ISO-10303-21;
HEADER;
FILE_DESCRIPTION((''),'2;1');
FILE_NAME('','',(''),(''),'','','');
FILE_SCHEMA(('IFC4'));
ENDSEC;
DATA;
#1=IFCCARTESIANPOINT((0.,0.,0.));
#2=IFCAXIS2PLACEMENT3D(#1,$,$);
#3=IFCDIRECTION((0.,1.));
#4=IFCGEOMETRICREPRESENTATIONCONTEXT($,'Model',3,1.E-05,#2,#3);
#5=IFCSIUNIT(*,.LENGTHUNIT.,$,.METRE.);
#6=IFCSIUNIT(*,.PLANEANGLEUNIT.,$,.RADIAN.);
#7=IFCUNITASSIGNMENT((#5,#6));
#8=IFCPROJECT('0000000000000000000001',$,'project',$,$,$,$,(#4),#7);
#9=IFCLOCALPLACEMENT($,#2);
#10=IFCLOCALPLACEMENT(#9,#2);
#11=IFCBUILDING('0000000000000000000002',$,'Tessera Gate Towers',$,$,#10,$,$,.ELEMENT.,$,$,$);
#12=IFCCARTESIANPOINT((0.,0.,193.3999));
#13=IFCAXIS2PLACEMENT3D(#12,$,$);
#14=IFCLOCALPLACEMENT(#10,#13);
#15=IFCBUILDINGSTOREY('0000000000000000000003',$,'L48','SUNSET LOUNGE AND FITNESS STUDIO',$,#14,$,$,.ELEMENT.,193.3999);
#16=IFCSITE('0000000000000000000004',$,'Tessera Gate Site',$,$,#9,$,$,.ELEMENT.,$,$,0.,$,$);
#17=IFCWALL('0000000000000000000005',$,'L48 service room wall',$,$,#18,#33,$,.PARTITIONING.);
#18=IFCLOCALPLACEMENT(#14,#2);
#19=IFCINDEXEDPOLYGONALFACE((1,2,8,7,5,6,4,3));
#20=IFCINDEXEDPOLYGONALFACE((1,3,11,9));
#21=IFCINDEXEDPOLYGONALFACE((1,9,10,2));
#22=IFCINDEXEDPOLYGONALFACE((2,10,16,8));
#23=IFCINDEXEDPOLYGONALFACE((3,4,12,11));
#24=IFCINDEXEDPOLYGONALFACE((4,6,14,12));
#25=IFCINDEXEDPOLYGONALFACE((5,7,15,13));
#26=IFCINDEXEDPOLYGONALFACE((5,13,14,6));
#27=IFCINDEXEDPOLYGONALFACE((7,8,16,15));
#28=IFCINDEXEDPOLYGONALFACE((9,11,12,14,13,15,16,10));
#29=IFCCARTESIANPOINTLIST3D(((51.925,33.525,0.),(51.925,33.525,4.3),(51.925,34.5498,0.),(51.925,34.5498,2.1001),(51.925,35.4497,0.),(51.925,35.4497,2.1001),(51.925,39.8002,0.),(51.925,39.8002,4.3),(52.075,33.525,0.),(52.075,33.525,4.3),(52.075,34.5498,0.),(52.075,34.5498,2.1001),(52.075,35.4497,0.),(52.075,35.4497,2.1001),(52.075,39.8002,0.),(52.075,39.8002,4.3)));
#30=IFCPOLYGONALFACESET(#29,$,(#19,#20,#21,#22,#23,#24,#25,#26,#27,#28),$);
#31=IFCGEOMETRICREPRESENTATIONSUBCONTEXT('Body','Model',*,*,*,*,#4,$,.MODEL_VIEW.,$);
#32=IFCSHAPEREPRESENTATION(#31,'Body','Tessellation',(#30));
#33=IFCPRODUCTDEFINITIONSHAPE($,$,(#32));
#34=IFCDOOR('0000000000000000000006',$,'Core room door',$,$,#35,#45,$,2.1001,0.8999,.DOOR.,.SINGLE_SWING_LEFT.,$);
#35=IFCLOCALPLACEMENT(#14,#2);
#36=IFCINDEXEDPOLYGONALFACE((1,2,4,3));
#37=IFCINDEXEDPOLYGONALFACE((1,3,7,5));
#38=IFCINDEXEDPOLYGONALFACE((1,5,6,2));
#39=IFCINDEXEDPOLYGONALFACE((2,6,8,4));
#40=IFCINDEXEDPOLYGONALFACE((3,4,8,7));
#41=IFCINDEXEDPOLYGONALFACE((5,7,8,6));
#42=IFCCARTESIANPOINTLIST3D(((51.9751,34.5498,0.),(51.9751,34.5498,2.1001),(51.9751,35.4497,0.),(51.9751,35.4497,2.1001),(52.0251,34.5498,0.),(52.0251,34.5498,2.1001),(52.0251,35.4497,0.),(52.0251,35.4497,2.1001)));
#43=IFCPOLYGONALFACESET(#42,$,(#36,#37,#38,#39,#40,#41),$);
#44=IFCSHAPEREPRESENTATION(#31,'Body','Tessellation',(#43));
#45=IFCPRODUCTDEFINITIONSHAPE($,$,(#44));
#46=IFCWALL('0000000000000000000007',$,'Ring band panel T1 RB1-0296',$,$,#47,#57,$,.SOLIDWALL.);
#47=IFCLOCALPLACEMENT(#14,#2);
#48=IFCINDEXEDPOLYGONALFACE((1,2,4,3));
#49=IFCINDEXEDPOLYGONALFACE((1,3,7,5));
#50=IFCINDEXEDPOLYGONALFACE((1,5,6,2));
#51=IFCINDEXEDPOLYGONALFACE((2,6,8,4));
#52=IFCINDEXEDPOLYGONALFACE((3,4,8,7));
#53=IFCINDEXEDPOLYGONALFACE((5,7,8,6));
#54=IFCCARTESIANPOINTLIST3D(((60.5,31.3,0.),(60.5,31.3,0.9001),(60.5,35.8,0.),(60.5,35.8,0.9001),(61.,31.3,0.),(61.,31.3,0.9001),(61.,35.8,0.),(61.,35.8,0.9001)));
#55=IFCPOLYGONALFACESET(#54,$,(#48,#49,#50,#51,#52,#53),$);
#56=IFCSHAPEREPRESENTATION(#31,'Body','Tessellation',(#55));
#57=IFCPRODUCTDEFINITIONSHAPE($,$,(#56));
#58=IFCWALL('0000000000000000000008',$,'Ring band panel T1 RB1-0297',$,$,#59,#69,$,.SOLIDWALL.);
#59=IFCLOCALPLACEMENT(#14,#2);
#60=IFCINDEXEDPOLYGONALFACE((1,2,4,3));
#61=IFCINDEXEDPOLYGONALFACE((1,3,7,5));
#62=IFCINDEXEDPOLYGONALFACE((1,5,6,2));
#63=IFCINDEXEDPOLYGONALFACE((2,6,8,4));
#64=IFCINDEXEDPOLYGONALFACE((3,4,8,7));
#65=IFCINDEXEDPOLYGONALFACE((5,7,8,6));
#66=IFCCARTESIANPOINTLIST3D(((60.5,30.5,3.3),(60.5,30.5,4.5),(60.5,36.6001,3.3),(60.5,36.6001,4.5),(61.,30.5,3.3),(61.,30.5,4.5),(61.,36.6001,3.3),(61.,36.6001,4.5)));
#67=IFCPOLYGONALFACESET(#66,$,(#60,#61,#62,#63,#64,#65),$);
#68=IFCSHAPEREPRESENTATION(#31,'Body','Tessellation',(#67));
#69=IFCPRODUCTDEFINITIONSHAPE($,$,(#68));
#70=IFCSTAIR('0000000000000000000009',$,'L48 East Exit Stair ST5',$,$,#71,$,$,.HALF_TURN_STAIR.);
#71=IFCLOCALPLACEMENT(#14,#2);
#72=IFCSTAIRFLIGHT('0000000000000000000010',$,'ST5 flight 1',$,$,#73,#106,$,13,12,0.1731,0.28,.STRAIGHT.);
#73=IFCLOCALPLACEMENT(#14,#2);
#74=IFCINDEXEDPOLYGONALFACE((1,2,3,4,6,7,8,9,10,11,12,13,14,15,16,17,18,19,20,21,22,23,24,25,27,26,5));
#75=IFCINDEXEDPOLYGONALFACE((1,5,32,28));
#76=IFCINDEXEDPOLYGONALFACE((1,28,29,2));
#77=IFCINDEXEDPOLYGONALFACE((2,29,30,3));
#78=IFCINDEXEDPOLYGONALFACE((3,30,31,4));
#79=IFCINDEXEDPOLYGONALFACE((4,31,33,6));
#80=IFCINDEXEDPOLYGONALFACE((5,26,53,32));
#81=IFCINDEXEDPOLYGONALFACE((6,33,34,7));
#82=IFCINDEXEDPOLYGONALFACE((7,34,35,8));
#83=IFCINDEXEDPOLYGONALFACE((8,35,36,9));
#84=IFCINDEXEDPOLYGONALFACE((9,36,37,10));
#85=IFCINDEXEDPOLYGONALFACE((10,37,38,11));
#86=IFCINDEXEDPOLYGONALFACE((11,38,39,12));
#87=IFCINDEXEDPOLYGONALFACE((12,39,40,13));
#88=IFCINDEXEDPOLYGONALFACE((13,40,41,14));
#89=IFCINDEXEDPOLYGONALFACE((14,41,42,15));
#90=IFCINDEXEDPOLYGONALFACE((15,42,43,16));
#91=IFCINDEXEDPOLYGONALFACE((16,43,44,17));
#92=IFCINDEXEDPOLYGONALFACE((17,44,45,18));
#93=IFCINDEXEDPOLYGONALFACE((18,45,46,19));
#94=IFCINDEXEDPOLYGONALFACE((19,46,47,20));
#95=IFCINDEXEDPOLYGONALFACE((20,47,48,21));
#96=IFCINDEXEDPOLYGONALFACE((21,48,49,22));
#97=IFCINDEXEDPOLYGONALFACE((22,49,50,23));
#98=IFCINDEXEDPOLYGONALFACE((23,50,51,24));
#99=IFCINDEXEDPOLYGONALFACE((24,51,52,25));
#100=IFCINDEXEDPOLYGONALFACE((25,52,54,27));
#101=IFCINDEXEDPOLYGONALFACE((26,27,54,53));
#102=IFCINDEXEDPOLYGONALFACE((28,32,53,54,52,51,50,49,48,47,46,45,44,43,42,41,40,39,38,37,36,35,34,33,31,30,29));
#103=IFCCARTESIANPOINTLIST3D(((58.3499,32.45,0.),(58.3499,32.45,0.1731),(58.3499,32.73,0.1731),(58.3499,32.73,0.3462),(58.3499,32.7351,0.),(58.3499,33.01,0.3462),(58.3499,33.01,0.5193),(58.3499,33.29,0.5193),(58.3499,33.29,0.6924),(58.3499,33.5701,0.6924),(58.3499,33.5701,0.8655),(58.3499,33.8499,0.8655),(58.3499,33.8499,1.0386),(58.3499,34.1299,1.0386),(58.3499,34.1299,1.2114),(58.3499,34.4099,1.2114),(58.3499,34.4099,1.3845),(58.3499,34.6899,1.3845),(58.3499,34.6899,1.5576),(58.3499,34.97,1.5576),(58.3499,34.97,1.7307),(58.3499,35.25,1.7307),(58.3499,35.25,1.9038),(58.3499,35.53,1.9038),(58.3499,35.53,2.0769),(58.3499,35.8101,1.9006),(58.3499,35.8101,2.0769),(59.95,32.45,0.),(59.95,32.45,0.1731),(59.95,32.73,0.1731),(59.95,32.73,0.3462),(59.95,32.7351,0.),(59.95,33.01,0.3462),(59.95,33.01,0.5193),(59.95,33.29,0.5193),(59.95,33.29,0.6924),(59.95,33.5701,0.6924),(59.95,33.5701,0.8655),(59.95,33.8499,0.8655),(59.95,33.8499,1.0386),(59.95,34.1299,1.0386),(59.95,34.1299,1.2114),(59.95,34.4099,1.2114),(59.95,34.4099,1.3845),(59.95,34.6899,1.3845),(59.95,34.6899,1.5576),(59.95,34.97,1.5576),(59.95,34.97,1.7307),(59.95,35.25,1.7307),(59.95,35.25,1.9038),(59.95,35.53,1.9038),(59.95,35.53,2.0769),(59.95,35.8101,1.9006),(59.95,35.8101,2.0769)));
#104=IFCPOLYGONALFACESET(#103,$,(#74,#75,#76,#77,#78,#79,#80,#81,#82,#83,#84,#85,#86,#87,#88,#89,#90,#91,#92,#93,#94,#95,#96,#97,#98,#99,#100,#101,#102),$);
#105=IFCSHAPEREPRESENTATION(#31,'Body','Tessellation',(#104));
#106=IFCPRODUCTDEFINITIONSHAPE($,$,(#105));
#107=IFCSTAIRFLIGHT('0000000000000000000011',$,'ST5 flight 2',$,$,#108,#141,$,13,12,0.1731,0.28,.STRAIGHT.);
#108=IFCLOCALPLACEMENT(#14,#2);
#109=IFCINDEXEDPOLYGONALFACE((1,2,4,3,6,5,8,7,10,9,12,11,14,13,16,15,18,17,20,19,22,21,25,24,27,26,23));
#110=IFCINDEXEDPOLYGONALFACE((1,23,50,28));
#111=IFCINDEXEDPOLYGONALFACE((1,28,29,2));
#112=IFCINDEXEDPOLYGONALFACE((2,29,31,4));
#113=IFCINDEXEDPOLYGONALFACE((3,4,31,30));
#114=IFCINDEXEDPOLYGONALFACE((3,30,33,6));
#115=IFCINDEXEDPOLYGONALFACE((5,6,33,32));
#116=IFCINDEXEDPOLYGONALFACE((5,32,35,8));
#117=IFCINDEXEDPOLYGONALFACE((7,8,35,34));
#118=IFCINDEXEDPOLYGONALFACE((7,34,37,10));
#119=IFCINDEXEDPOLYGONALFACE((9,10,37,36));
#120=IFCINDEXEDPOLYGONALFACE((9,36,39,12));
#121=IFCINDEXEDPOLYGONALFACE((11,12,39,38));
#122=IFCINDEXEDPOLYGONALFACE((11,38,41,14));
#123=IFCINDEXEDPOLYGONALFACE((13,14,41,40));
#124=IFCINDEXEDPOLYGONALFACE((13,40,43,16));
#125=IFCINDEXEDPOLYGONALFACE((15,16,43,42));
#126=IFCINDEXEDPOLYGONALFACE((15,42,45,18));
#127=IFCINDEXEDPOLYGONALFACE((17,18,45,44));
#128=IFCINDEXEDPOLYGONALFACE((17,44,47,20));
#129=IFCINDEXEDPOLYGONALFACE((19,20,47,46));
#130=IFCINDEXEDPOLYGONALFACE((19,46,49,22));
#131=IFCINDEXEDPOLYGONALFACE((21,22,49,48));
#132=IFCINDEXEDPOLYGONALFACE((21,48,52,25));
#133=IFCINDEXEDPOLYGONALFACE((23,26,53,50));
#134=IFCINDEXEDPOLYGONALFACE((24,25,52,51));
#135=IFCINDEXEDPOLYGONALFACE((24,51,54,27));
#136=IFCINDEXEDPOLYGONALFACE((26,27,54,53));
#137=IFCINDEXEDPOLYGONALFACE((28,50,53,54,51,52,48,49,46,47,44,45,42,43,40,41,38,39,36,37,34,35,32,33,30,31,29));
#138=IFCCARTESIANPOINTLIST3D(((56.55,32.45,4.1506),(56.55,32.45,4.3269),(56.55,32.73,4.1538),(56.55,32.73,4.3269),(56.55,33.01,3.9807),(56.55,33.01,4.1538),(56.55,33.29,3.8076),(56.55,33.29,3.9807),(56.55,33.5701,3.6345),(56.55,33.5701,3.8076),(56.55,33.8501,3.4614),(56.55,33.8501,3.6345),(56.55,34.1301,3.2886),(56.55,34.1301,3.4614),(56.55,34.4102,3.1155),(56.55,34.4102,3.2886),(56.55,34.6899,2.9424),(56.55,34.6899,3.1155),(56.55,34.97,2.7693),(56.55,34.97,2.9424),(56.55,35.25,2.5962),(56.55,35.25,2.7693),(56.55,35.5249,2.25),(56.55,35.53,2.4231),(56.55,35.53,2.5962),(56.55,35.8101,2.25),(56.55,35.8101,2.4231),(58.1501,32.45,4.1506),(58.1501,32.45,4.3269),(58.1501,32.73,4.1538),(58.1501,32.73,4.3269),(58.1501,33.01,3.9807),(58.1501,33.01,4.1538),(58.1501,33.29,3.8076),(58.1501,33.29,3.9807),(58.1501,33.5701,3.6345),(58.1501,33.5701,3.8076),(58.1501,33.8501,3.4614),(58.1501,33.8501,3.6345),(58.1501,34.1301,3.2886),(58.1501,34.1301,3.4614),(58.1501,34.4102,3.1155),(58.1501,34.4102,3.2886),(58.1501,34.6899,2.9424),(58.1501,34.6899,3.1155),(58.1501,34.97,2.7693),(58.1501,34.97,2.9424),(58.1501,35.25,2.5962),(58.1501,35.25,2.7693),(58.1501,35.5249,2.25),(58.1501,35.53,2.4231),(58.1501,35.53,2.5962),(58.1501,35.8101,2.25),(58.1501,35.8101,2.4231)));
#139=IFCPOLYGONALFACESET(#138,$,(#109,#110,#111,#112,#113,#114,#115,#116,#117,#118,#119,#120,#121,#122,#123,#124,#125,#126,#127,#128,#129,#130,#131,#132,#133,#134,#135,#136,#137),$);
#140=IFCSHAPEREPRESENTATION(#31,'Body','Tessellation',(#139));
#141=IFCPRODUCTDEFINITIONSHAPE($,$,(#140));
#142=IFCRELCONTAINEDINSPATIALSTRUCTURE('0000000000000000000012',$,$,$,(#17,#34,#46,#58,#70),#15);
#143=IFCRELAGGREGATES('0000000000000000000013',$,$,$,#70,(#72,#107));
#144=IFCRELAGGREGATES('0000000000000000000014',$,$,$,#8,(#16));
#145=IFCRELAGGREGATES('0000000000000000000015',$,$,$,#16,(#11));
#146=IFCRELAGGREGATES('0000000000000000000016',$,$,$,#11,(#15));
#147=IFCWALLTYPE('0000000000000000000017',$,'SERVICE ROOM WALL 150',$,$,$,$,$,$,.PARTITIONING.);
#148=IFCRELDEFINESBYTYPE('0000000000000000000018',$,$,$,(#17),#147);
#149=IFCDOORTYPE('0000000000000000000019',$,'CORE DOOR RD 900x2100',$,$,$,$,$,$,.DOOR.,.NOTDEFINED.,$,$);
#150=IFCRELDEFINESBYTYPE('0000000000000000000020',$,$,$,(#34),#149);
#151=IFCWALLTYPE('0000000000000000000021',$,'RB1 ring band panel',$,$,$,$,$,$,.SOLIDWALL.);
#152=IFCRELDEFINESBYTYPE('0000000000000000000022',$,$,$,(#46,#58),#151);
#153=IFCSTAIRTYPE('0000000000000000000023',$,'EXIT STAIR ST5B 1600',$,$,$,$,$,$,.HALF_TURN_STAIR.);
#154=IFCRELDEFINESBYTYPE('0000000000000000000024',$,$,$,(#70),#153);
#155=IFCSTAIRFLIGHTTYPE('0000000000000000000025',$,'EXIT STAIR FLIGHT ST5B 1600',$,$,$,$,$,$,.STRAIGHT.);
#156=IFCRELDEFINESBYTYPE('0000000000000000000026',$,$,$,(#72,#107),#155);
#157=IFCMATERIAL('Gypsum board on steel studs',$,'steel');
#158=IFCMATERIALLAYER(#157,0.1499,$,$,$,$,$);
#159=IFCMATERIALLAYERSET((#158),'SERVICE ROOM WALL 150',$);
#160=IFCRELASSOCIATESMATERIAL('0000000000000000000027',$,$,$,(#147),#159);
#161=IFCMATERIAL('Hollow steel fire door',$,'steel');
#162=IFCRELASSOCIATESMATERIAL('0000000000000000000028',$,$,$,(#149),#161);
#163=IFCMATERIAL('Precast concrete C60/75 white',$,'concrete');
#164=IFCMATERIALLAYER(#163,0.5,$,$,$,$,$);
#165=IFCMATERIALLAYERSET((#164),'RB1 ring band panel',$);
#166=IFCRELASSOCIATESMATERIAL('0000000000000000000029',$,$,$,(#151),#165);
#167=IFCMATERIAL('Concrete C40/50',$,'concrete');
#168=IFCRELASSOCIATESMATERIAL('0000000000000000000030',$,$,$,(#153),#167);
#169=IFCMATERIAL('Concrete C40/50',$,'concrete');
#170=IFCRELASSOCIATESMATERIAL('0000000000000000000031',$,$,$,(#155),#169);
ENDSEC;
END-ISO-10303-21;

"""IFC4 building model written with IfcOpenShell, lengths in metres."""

from ifc_helpers import new_model, si_unit, direction, frame, frame_2d, origin, place, context, subcontext, project, spatial, polyline, rectangle, outline, extrude, source, transform, mapped, material, layer, layer_set, type_object, element, fill, aggregate, save


model = new_model("IFC4")

# Units and contexts
model_context = context("Model", 3, precision=1e-05, world=origin(), true_north=direction((0.0, 1.0)))
body_context = subcontext(model_context, "Body", "Model", "MODEL_VIEW")
ifc_project = project(units=[si_unit("LENGTHUNIT", "METRE"), si_unit("PLANEANGLEUNIT", "RADIAN")], contexts=[model_context])

# Site, building, storey
site_placement = place(None, origin())
site = spatial("IfcSite", under=ifc_project, at=site_placement, Name="Tessera Gate Site", CompositionType="ELEMENT", RefElevation=0.0)
building_placement = place(site_placement, origin())
building = spatial("IfcBuilding", under=site, at=building_placement, Name="Tessera Gate Towers", CompositionType="ELEMENT")
storey_placement = place(building_placement, frame((0.0, 0.0, 193.3999)))
storey = spatial("IfcBuildingStorey", under=building, at=storey_placement, Name="L48", Description="SUNSET LOUNGE AND FITNESS STUDIO", CompositionType="ELEMENT", Elevation=193.3999)

# Wall, opening, door
shared_shape_1 = source(origin(), body_context, "Body", "SweptSolid", [
    extrude(rectangle(XDim=0.8999, YDim=2.1001, at=frame_2d((0.45, 1.05))), frame((0.0, 0.085, 0.0), z_axis=(0.0, -1.0, 0.0), x_axis=(1.0, 0.0, 0.0)), (0.0, 0.0, 1.0), 0.1699),
])
shared_shape_2 = source(origin(), body_context, "Body", "SweptSolid", [
    extrude(rectangle(XDim=0.8999, YDim=2.1001, at=frame_2d((0.45, 1.05))), frame((0.0, 0.0249, 0.0), z_axis=(0.0, -1.0, 0.0), x_axis=(1.0, 0.0, 0.0)), (0.0, 0.0, 1.0), 0.05),
])
ifc_material_1 = material(Name="Gypsum board on steel studs", Category="steel")
ifc_layer_1 = layer(ifc_material_1, 0.1499)
ifc_layer_set_1 = layer_set([ifc_layer_1], Name="SERVICE ROOM WALL 150")
wall_type_1 = type_object("IfcWallType", Name="SERVICE ROOM WALL 150", PredefinedType="PARTITIONING", material=ifc_layer_set_1)
wall_1_placement = place(storey_placement, frame((52.0, 33.5249, 0.0), z_axis=(0.0, 0.0, 1.0), x_axis=(0.0, 1.0, 0.0)))
wall_1 = element("IfcWall", 1, at=wall_1_placement, inside=storey, type_object=wall_type_1, Name="L48 service room wall", PredefinedType="PARTITIONING", context=body_context, shape_type="SweptSolid", body=[
    extrude(rectangle(XDim=6.2751, YDim=0.1499, at=frame_2d((3.1377, 0.0))), origin(), (0.0, 0.0, 1.0), 4.3),
])
opening_1_placement = place(wall_1_placement, frame((1.0249, 0.0, 0.0)))
opening_1 = element("IfcOpeningElement", 2, at=opening_1_placement, cuts=wall_1, PredefinedType="OPENING", context=body_context, shape_type="MappedRepresentation", body=[
    mapped(shared_shape_1, transform((0.0, 0.0, 0.0), scale=1.0)),
])
ifc_material_2 = material(Name="Hollow steel fire door", Category="steel")
door_type_1 = type_object("IfcDoorType", Name="CORE DOOR RD 900x2100", OperationType="NOTDEFINED", PredefinedType="DOOR", material=ifc_material_2)
door_1_placement = place(opening_1_placement, origin())
door_1 = element("IfcDoor", 3, at=door_1_placement, inside=storey, type_object=door_type_1, Name="Core room door", OperationType="SINGLE_SWING_LEFT", OverallHeight=2.1001, OverallWidth=0.8999, PredefinedType="DOOR", context=body_context, shape_type="MappedRepresentation", body=[
    mapped(shared_shape_2, transform((0.0, 0.0, 0.0), scale=1.0)),
])
fill(opening_1, door_1)

# Walls
ifc_material_3 = material(Name="Precast concrete C60/75 white", Category="concrete")
ifc_layer_2 = layer(ifc_material_3, 0.5)
ifc_layer_set_2 = layer_set([ifc_layer_2], Name="RB1 ring band panel")
wall_type_2 = type_object("IfcWallType", Name="RB1 ring band panel", PredefinedType="SOLIDWALL", material=ifc_layer_set_2)
shared_shape_3 = source(origin(), body_context, "Body", "SweptSolid", [
    extrude(outline(polyline([(0.0, 0.0), (4.5, 0.0), (4.5, 0.9001), (0.0, 0.9001), (0.0, 0.0)])), frame((0.0, 0.25, 0.0), z_axis=(0.0, -1.0, 0.0), x_axis=(1.0, 0.0, 0.0)), (0.0, 0.0, 1.0), 0.5),
])
wall_2_placement = place(storey_placement, frame((60.75, 31.3, 0.0), z_axis=(0.0, 0.0, 1.0), x_axis=(0.0, 1.0, 0.0)))
element("IfcWall", 4, at=wall_2_placement, inside=storey, type_object=wall_type_2, Name="Ring band panel T1 RB1-0296", PredefinedType="SOLIDWALL", context=body_context, shape_type="MappedRepresentation", body=[
    mapped(shared_shape_3, transform((0.0, 0.0, 0.0), scale=1.0)),
])
shared_shape_4 = source(origin(), body_context, "Body", "SweptSolid", [
    extrude(outline(polyline([(0.0, 0.0), (6.1001, 0.0), (6.1001, 1.2), (0.0, 1.2), (0.0, 0.0)])), frame((0.0, 0.25, 0.0), z_axis=(0.0, -1.0, 0.0), x_axis=(1.0, 0.0, 0.0)), (0.0, 0.0, 1.0), 0.5),
])
wall_3_placement = place(storey_placement, frame((60.75, 30.5, 3.3), z_axis=(0.0, 0.0, 1.0), x_axis=(0.0, 1.0, 0.0)))
element("IfcWall", 5, at=wall_3_placement, inside=storey, type_object=wall_type_2, Name="Ring band panel T1 RB1-0297", PredefinedType="SOLIDWALL", context=body_context, shape_type="MappedRepresentation", body=[
    mapped(shared_shape_4, transform((0.0, 0.0, 0.0), scale=1.0)),
])

# Stair, stair flights
ifc_material_4 = material(Name="Concrete C40/50", Category="concrete")
stair_type = type_object("IfcStairType", Name="EXIT STAIR ST5B 1600", PredefinedType="HALF_TURN_STAIR", material=ifc_material_4)
stair_placement = place(storey_placement, origin())
stair = element("IfcStair", 6, at=stair_placement, inside=storey, type_object=stair_type, Name="L48 East Exit Stair ST5", PredefinedType="HALF_TURN_STAIR")
ifc_material_5 = material(Name="Concrete C40/50", Category="concrete")
stair_flight_type = type_object("IfcStairFlightType", Name="EXIT STAIR FLIGHT ST5B 1600", PredefinedType="STRAIGHT", material=ifc_material_5)
stair_flight_1_placement = place(storey_placement, frame((59.1499, 32.45, 0.0), z_axis=(0.0, 0.0, 1.0), x_axis=(0.0, 1.0, 0.0)))
stair_flight_1 = element("IfcStairFlight", 7, at=stair_flight_1_placement, type_object=stair_flight_type, Name="ST5 flight 1", NumberOfRisers=13, NumberOfTreads=12, PredefinedType="STRAIGHT", RiserHeight=0.1731, TreadLength=0.28, context=body_context, shape_type="SweptSolid", body=[
    extrude(outline(polyline([(0.0, 0.0), (0.0, 0.1731), (0.28, 0.1731), (0.28, 0.3462), (0.5601, 0.3462), (0.5601, 0.5193), (0.8401, 0.5193), (0.8401, 0.6924), (1.1201, 0.6924), (1.1201, 0.8655), (1.3999, 0.8655), (1.3999, 1.0386), (1.6799, 1.0386), (1.6799, 1.2114), (1.96, 1.2114), (1.96, 1.3845), (2.24, 1.3845), (2.24, 1.5576), (2.52, 1.5576), (2.52, 1.7307), (2.8, 1.7307), (2.8, 1.9038), (3.0801, 1.9038), (3.0801, 2.0769), (3.3601, 2.0769), (3.3601, 2.25), (3.3601, 1.9006), (0.2852, 0.0), (0.0, 0.0)])), frame((0.0, 0.8, 0.0), z_axis=(0.0, -1.0, 0.0), x_axis=(1.0, 0.0, 0.0)), (0.0, 0.0, 1.0), 1.6001),
])
stair_flight_2_placement = place(storey_placement, frame((57.3501, 35.8101, 2.25), z_axis=(0.0, 0.0, 1.0), x_axis=(0.0, -1.0, 0.0)))
stair_flight_2 = element("IfcStairFlight", 8, at=stair_flight_2_placement, type_object=stair_flight_type, Name="ST5 flight 2", NumberOfRisers=13, NumberOfTreads=12, PredefinedType="STRAIGHT", RiserHeight=0.1731, TreadLength=0.28, context=body_context, shape_type="SweptSolid", body=[
    extrude(outline(polyline([(0.0, 0.0), (0.0, 0.1731), (0.28, 0.1731), (0.28, 0.3462), (0.5601, 0.3462), (0.5601, 0.5193), (0.8401, 0.5193), (0.8401, 0.6924), (1.1201, 0.6924), (1.1201, 0.8655), (1.3999, 0.8655), (1.3999, 1.0386), (1.6799, 1.0386), (1.6799, 1.2114), (1.96, 1.2114), (1.96, 1.3845), (2.24, 1.3845), (2.24, 1.5576), (2.52, 1.5576), (2.52, 1.7307), (2.8, 1.7307), (2.8, 1.9038), (3.0801, 1.9038), (3.0801, 2.0769), (3.3601, 2.0769), (3.3601, 2.25), (3.3601, 1.9006), (0.2852, 0.0), (0.0, 0.0)])), frame((0.0, 0.8, 0.0), z_axis=(0.0, -1.0, 0.0), x_axis=(1.0, 0.0, 0.0)), (0.0, 0.0, 1.0), 1.6001),
])
aggregate(stair, [stair_flight_1, stair_flight_2])

save(model, "model.ifc")
